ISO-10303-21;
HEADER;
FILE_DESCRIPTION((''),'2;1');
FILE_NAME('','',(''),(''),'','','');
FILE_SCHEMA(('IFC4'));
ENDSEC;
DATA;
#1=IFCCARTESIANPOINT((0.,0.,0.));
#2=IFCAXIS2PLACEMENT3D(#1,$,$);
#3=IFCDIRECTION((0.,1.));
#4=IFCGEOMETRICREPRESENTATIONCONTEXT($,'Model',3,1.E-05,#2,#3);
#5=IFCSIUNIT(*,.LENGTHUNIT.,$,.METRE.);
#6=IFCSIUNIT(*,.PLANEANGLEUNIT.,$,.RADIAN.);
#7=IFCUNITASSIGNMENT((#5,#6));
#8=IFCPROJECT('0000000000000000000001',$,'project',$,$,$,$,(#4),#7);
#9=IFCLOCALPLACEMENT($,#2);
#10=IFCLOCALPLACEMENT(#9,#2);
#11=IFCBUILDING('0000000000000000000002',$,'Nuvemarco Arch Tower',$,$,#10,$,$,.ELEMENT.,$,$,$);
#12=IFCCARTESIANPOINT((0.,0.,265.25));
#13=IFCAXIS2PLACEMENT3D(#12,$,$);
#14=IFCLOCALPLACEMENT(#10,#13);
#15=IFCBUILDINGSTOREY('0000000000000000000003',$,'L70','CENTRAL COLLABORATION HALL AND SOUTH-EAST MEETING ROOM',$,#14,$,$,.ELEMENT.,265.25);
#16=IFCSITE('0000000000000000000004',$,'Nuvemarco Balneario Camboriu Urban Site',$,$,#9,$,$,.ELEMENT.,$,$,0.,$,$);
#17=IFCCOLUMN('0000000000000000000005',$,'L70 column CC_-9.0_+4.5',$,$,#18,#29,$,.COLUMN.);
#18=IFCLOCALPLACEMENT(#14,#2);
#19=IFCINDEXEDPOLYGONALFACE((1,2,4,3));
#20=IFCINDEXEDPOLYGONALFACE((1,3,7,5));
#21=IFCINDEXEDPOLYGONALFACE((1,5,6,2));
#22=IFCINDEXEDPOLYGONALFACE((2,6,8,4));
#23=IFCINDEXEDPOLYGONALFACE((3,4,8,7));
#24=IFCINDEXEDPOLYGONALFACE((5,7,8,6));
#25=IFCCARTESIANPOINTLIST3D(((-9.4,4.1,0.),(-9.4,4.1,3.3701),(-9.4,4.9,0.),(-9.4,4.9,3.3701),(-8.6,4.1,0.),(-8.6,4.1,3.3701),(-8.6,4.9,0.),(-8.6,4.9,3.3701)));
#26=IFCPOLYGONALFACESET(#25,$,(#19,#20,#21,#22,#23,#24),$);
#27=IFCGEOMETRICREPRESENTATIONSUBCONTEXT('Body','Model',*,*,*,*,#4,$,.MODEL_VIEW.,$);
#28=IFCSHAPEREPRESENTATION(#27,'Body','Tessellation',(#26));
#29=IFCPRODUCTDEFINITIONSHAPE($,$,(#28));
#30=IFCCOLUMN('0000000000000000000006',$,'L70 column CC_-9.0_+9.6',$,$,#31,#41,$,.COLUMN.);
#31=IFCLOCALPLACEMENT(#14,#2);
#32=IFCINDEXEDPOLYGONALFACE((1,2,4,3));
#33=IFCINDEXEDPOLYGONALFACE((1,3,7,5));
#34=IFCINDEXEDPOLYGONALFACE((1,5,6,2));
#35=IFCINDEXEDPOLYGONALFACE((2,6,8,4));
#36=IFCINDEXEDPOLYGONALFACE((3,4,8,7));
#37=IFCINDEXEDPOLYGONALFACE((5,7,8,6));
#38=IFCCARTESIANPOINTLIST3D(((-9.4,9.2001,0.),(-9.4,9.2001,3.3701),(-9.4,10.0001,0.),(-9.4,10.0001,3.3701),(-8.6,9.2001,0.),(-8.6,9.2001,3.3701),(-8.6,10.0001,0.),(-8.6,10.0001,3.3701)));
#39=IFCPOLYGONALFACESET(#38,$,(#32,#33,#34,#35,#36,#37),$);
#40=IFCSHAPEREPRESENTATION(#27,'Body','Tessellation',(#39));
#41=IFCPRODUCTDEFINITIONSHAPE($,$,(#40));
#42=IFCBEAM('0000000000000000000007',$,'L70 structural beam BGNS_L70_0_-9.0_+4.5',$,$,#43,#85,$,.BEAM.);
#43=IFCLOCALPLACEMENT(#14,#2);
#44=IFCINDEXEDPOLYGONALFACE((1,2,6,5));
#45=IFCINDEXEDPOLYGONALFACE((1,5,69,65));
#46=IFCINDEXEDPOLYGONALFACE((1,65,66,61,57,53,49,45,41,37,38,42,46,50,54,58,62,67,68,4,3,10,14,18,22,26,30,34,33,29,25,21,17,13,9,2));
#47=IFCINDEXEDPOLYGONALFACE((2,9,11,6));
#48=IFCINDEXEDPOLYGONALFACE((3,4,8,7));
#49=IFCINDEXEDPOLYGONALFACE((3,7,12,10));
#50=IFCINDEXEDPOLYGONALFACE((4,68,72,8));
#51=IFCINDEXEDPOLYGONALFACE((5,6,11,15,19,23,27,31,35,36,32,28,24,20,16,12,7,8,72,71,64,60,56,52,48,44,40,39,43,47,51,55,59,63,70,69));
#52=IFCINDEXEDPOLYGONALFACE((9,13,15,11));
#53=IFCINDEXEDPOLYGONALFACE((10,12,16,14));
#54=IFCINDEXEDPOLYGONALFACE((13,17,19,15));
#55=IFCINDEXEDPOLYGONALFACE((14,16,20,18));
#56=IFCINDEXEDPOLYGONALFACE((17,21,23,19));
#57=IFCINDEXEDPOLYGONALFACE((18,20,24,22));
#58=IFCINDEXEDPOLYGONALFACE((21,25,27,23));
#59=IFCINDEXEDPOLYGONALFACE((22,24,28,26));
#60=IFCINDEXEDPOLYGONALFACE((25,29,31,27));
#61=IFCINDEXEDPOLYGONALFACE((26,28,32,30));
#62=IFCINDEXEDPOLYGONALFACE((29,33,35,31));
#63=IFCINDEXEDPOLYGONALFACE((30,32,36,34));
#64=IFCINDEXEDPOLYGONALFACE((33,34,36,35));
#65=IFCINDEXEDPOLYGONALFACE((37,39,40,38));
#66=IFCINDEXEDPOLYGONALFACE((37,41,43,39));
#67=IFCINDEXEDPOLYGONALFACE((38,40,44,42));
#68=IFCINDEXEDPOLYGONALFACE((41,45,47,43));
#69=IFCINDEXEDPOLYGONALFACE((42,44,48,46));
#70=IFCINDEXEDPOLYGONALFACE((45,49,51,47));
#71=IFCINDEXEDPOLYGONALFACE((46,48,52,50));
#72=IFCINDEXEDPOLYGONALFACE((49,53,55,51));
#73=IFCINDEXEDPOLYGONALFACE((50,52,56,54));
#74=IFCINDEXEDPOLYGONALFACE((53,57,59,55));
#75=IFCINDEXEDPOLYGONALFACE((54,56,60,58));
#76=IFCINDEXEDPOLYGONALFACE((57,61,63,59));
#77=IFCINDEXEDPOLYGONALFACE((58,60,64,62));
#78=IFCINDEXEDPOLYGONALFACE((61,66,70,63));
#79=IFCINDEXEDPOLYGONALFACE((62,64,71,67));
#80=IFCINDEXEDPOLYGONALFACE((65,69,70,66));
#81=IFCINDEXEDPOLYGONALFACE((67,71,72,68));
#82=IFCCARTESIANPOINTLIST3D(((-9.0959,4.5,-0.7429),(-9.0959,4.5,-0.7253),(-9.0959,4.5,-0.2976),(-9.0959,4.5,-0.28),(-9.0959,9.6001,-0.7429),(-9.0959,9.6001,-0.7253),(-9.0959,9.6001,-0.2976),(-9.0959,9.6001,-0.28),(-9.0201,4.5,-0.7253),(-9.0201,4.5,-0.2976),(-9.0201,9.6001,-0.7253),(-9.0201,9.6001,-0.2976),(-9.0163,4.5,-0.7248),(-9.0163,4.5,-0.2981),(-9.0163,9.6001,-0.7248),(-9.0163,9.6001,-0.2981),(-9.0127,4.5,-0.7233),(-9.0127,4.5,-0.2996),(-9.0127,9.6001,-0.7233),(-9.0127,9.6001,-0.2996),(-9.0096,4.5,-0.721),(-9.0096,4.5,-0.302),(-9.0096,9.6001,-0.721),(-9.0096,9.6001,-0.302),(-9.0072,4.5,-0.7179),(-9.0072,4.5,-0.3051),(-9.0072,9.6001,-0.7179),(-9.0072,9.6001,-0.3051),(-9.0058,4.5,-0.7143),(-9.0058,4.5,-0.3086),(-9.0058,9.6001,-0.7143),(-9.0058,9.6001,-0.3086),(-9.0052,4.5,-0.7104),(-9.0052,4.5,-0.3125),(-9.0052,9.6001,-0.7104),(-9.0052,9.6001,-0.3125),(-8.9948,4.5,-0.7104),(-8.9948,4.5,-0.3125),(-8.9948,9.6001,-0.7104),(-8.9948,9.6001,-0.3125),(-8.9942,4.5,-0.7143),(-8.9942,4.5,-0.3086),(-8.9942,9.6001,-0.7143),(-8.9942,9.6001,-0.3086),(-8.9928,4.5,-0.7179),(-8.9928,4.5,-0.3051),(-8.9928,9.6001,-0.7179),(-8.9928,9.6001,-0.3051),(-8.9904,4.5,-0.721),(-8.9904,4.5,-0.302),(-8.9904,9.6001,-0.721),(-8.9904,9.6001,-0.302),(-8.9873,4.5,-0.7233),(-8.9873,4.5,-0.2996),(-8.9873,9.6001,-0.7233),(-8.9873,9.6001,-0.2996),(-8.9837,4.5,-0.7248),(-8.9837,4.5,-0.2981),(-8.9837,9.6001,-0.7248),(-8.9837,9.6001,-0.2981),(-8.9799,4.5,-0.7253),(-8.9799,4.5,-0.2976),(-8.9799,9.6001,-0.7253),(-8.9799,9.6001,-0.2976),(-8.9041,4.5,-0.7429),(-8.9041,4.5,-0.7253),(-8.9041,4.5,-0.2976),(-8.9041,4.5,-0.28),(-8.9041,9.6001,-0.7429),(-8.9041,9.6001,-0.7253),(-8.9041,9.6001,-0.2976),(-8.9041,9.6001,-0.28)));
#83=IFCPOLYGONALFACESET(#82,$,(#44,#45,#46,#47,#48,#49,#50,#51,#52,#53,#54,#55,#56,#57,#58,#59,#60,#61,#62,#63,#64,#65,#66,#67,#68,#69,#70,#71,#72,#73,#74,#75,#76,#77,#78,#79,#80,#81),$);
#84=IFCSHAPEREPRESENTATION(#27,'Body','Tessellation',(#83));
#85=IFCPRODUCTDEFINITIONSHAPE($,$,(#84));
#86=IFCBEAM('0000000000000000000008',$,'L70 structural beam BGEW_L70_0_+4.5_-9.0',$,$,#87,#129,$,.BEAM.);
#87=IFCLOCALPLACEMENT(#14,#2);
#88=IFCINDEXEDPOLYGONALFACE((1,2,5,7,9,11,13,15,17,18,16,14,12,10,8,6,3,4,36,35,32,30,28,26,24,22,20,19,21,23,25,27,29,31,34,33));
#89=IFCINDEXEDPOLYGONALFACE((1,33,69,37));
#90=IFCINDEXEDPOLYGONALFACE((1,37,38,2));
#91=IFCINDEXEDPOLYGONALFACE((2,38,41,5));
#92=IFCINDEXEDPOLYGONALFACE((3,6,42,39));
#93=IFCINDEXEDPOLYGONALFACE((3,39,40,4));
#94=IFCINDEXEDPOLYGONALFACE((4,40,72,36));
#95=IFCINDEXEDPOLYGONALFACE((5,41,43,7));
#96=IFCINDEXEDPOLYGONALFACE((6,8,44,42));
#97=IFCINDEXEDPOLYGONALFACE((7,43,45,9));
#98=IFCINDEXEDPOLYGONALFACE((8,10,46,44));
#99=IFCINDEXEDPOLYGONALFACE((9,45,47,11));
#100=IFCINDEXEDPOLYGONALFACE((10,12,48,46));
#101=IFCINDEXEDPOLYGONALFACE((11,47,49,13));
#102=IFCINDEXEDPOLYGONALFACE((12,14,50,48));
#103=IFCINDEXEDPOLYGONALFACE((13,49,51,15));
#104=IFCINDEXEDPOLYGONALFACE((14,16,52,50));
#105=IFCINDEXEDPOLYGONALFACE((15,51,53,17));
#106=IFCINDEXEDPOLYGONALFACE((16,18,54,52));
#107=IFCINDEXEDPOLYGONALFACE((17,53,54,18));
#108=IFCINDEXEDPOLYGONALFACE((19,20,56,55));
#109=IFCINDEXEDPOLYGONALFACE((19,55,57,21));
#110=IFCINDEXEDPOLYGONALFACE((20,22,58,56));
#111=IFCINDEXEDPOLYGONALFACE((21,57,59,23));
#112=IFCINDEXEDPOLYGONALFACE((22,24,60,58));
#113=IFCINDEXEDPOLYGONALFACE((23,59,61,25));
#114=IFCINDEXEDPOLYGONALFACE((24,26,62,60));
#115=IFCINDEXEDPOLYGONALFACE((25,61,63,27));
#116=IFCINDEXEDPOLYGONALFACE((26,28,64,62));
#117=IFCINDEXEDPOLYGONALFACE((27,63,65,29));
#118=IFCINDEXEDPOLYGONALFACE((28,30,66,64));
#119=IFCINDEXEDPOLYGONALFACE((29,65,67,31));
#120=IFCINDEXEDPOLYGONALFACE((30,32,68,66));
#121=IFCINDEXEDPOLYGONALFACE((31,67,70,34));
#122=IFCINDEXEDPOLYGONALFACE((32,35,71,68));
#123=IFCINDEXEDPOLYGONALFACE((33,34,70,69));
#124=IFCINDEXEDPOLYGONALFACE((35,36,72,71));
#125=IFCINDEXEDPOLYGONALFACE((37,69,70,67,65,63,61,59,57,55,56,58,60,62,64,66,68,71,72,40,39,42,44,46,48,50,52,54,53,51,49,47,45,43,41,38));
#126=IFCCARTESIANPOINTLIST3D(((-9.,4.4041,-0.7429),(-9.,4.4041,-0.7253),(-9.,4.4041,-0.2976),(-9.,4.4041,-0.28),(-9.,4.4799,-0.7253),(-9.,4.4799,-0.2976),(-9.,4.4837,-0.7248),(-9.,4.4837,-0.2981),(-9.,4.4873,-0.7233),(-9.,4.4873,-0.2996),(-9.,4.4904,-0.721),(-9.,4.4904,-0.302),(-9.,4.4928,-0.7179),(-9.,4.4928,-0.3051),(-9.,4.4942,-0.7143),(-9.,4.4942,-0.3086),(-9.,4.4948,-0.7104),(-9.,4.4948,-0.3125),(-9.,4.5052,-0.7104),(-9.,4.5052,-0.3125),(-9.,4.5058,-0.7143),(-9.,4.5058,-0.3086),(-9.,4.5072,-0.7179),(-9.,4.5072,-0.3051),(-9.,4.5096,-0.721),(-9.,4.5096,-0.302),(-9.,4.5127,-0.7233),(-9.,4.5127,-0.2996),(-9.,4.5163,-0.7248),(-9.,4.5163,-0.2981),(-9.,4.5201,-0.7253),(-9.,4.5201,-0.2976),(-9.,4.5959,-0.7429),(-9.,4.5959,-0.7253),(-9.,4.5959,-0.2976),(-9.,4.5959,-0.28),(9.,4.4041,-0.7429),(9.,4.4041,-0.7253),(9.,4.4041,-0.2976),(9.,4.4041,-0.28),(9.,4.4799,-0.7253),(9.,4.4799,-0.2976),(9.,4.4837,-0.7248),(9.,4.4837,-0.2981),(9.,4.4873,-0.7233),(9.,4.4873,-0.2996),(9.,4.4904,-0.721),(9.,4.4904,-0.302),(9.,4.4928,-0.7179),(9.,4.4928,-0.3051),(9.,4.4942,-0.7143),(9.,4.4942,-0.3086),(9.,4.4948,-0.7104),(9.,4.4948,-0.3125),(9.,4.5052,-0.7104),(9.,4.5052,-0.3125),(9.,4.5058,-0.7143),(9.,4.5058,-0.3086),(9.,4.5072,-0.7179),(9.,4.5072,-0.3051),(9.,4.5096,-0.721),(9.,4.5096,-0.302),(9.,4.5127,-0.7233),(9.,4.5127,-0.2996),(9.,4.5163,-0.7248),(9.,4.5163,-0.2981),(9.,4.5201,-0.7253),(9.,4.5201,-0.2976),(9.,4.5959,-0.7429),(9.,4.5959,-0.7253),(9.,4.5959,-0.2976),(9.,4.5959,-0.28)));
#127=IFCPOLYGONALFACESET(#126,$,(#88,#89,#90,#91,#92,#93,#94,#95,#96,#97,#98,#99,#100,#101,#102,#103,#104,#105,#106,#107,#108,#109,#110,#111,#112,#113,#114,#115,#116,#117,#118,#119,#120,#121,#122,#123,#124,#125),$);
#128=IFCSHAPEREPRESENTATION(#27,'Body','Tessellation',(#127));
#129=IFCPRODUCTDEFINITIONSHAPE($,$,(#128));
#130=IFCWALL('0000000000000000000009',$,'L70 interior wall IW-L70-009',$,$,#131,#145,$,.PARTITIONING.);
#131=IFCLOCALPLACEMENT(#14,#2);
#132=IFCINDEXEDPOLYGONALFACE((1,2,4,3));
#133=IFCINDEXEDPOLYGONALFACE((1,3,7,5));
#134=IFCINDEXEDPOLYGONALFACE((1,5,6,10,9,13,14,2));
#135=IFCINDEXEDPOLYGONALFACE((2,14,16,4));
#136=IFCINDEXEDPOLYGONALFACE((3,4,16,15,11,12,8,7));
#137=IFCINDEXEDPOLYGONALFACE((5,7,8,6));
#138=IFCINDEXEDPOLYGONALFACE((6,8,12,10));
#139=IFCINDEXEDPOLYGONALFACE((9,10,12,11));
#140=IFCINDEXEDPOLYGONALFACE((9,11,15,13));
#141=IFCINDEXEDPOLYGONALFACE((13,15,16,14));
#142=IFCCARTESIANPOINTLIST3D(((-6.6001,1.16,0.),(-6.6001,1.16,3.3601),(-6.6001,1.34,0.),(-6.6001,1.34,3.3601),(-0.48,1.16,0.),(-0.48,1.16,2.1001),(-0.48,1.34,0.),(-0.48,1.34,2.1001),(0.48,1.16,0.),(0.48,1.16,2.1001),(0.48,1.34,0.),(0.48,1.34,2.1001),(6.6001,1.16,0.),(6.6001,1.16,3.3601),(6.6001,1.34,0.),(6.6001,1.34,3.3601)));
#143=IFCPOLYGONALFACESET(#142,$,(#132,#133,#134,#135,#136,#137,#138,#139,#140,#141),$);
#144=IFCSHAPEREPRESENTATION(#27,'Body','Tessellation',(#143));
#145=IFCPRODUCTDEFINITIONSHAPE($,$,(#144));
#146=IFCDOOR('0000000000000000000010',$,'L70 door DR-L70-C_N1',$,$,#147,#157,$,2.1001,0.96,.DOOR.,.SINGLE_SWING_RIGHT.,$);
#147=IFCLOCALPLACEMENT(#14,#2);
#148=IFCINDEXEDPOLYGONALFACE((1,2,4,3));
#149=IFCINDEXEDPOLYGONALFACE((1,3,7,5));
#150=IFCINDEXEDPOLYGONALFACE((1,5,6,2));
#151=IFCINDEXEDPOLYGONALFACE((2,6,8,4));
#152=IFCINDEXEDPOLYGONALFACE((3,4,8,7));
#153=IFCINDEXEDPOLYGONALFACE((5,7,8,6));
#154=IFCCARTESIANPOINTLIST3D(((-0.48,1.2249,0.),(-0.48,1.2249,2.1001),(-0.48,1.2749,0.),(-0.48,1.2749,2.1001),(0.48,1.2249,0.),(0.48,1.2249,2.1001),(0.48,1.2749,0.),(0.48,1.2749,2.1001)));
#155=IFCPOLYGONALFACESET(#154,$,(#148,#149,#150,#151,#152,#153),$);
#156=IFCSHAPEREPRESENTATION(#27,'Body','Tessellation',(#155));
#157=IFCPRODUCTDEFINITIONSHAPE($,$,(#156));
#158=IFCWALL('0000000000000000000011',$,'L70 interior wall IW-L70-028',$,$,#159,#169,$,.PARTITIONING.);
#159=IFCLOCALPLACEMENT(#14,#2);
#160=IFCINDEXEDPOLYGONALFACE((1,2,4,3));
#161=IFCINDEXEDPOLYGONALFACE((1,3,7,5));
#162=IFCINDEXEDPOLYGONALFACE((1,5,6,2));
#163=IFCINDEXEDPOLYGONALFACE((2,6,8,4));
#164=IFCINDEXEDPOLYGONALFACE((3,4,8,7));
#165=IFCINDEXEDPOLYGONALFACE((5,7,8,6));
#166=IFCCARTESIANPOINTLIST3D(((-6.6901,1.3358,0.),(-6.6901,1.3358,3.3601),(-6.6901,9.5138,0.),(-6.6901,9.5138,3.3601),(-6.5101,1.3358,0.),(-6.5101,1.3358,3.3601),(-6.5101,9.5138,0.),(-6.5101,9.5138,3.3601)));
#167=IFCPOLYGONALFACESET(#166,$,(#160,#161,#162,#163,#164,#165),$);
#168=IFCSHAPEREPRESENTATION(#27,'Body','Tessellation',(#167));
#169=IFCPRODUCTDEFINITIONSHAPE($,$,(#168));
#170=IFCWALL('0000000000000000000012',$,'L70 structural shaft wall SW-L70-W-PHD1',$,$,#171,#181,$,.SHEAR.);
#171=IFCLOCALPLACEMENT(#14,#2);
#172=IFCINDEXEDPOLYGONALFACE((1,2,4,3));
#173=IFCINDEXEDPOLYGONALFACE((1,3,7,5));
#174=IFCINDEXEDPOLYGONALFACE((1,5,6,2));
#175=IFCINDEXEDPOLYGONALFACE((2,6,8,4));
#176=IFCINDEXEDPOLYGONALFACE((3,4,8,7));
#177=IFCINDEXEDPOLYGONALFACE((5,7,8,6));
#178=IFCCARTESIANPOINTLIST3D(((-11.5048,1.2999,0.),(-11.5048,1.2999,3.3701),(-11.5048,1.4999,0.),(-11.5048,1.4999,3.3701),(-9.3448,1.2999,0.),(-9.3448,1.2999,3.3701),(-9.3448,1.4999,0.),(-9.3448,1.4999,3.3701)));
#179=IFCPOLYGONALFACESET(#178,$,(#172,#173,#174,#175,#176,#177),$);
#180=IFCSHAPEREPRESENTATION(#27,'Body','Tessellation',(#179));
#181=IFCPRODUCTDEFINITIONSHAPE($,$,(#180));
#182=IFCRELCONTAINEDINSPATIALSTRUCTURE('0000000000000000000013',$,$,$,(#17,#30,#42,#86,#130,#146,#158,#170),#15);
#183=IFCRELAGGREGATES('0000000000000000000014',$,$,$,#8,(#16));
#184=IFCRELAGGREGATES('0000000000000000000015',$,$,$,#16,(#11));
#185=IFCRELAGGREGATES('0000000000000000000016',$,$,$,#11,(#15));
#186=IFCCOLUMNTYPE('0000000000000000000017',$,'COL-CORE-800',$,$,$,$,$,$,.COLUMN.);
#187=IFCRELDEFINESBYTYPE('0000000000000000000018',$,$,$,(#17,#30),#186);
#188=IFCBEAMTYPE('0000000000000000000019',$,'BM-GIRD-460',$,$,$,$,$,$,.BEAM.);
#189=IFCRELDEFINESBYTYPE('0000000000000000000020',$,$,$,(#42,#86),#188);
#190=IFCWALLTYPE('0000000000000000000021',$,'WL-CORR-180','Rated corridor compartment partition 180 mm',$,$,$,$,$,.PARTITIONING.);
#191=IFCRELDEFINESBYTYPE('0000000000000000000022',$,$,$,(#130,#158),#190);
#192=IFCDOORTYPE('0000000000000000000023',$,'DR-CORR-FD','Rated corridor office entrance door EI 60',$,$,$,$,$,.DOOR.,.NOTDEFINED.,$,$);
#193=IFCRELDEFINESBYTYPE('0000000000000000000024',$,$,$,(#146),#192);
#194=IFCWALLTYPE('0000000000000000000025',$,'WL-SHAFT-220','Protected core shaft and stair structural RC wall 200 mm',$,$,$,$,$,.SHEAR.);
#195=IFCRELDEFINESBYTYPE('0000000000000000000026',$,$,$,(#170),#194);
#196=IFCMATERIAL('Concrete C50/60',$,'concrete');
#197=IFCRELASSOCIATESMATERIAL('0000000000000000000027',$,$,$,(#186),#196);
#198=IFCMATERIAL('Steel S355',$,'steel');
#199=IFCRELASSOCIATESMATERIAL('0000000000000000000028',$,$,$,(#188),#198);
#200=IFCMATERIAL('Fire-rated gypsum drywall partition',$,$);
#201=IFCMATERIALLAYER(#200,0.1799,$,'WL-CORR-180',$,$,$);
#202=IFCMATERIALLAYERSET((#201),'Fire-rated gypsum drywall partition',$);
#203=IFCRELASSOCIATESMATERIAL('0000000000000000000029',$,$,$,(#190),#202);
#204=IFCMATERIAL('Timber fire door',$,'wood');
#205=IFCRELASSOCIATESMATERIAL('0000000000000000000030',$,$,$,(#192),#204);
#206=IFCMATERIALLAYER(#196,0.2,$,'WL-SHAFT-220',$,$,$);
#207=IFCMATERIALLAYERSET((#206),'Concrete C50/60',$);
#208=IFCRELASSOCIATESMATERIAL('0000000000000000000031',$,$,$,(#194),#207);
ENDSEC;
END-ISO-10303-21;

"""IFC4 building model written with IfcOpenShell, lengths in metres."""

from ifc_helpers import new_model, si_unit, direction, frame, frame_2d, origin, origin_2d, place, context, subcontext, project, spatial, rectangle, i_section, extrude, source, transform, mapped, material, layer, layer_set, material_profile, profile_set, type_object, type_shapes, element, fill, save


model = new_model("IFC4")

# Units and contexts
model_context = context("Model", 3, precision=1e-05, world=origin(), true_north=direction((0.0, 1.0)))
body_context = subcontext(model_context, "Body", "Model", "MODEL_VIEW")
ifc_project = project(units=[si_unit("LENGTHUNIT", "METRE"), si_unit("PLANEANGLEUNIT", "RADIAN")], contexts=[model_context])

# Site, building, storey
site_placement = place(None, origin())
site = spatial("IfcSite", under=ifc_project, at=site_placement, Name="Nuvemarco Balneario Camboriu Urban Site", CompositionType="ELEMENT", RefElevation=0.0)
building_placement = place(site_placement, origin())
building = spatial("IfcBuilding", under=site, at=building_placement, Name="Nuvemarco Arch Tower", CompositionType="ELEMENT")
storey_placement = place(building_placement, frame((0.0, 0.0, 265.25)))
storey = spatial("IfcBuildingStorey", under=building, at=storey_placement, Name="L70", Description="CENTRAL COLLABORATION HALL AND SOUTH-EAST MEETING ROOM", CompositionType="ELEMENT", Elevation=265.25)

# Columns
ifc_material_1 = material(Name="Concrete C50/60", Category="concrete")
ifc_material_profile_1 = material_profile(ifc_material_1, rectangle(XDim=0.8, YDim=0.8, at=origin_2d()), Name="RC-COL-800x800")
ifc_profile_set_1 = profile_set([ifc_material_profile_1], Name="Concrete C50/60")
column_type = type_object("IfcColumnType", Name="COL-CORE-800", PredefinedType="COLUMN", material=ifc_profile_set_1)
for number, where, z_axis, x_axis, name in (
    (1, (-9.0, 4.5, 0.0), (0.0, 0.0, 1.0), (1.0, 0.0, 0.0), "L70 column CC_-9.0_+4.5"),
    (2, (-9.0, 9.6001, 0.0), (0.0, 0.0, 1.0), (1.0, 0.0, 0.0), "L70 column CC_-9.0_+9.6"),
):
    element("IfcColumn", number, at=place(storey_placement, frame(where, z_axis=z_axis, x_axis=x_axis)), inside=storey, type_object=column_type, Name=name, PredefinedType="COLUMN", context=body_context, shape_type="SweptSolid", body=[
        extrude(rectangle(XDim=0.8, YDim=0.8, at=origin_2d()), origin(), (0.0, 0.0, 1.0), 3.3701),
    ])

# Beams
ifc_material_2 = material(Name="Steel S355", Category="steel")
ifc_material_profile_2 = material_profile(ifc_material_2, i_section(OverallWidth=0.1919, OverallDepth=0.4629, WebThickness=0.0105, FlangeThickness=0.0176, FilletRadius=0.0149, at=origin_2d()), Name="W460x89")
ifc_profile_set_2 = profile_set([ifc_material_profile_2], Name="Steel S355")
beam_type = type_object("IfcBeamType", Name="BM-GIRD-460", PredefinedType="BEAM", material=ifc_profile_set_2)
beam_1_placement = place(storey_placement, frame((-9.0, 4.5, -0.5115), z_axis=(0.0, 1.0, 0.0), x_axis=(-1.0, 0.0, 0.0)))
element("IfcBeam", 3, at=beam_1_placement, inside=storey, type_object=beam_type, Name="L70 structural beam BGNS_L70_0_-9.0_+4.5", PredefinedType="BEAM", context=body_context, shape_type="SweptSolid", body=[
    extrude(i_section(OverallWidth=0.1919, OverallDepth=0.4629, WebThickness=0.0105, FlangeThickness=0.0176, FilletRadius=0.0149, at=origin_2d()), origin(), (0.0, 0.0, 1.0), 5.1001),
])
beam_2_placement = place(storey_placement, frame((-9.0, 4.5, -0.5115), z_axis=(1.0, 0.0, 0.0), x_axis=(0.0, 1.0, 0.0)))
element("IfcBeam", 4, at=beam_2_placement, inside=storey, type_object=beam_type, Name="L70 structural beam BGEW_L70_0_+4.5_-9.0", PredefinedType="BEAM", context=body_context, shape_type="SweptSolid", body=[
    extrude(i_section(OverallWidth=0.1919, OverallDepth=0.4629, WebThickness=0.0105, FlangeThickness=0.0176, FilletRadius=0.0149, at=origin_2d()), origin(), (0.0, 0.0, 1.0), 18.0),
])

# Wall, opening, door
ifc_material_3 = material(Name="Fire-rated gypsum drywall partition")
ifc_layer_1 = layer(ifc_material_3, 0.1799, Name="WL-CORR-180")
ifc_layer_set_1 = layer_set([ifc_layer_1], Name="Fire-rated gypsum drywall partition")
wall_type_1 = type_object("IfcWallType", Name="WL-CORR-180", Description="Rated corridor compartment partition 180 mm", PredefinedType="PARTITIONING", material=ifc_layer_set_1)
wall_1_placement = place(storey_placement, frame((-6.6001, 1.25, 0.0), z_axis=(0.0, 0.0, 1.0), x_axis=(1.0, 0.0, 0.0)))
wall_1 = element("IfcWall", 5, at=wall_1_placement, inside=storey, type_object=wall_type_1, Name="L70 interior wall IW-L70-009", PredefinedType="PARTITIONING", context=body_context, shape_type="SweptSolid", body=[
    extrude(rectangle(XDim=13.2002, YDim=0.1799, at=frame_2d((6.6001, 0.0))), origin(), (0.0, 0.0, 1.0), 3.3601),
])
opening_1_placement = place(wall_1_placement, frame((6.1201, 0.0, 0.0)))
opening_1 = element("IfcOpeningElement", 6, at=opening_1_placement, cuts=wall_1, PredefinedType="OPENING", context=body_context, shape_type="SweptSolid", body=[
    extrude(rectangle(XDim=0.96, YDim=2.1001, at=frame_2d((0.48, 1.05))), frame((0.0, 0.0999, 0.0), z_axis=(0.0, -1.0, 0.0), x_axis=(1.0, 0.0, 0.0)), (0.0, 0.0, 1.0), 0.2),
])
ifc_material_4 = material(Name="Timber fire door", Category="wood")
door_type_1 = type_object("IfcDoorType", Name="DR-CORR-FD", Description="Rated corridor office entrance door EI 60", OperationType="NOTDEFINED", PredefinedType="DOOR", material=ifc_material_4)
shared_shape_1 = source(origin(), body_context, "Body", "SweptSolid", [
    extrude(rectangle(XDim=0.96, YDim=2.1001, at=frame_2d((0.48, 1.05))), frame((0.0, 0.0249, 0.0), z_axis=(0.0, -1.0, 0.0), x_axis=(1.0, 0.0, 0.0)), (0.0, 0.0, 1.0), 0.05),
])
type_shapes(door_type_1, [shared_shape_1])
door_1_placement = place(opening_1_placement, origin())
door_1 = element("IfcDoor", 7, at=door_1_placement, inside=storey, type_object=door_type_1, Name="L70 door DR-L70-C_N1", OperationType="SINGLE_SWING_RIGHT", OverallHeight=2.1001, OverallWidth=0.96, PredefinedType="DOOR", context=body_context, shape_type="MappedRepresentation", body=[
    mapped(shared_shape_1, transform((0.0, 0.0, 0.0), scale=1.0)),
])
fill(opening_1, door_1)

# Wall
wall_2_placement = place(storey_placement, frame((-6.6001, 1.3359, 0.0), z_axis=(0.0, 0.0, 1.0), x_axis=(0.0, 1.0, 0.0)))
element("IfcWall", 8, at=wall_2_placement, inside=storey, type_object=wall_type_1, Name="L70 interior wall IW-L70-028", PredefinedType="PARTITIONING", context=body_context, shape_type="SweptSolid", body=[
    extrude(rectangle(XDim=8.178, YDim=0.1799, at=frame_2d((4.0889, 0.0))), origin(), (0.0, 0.0, 1.0), 3.3601),
])

# Shared definitions
ifc_layer_2 = layer(ifc_material_1, 0.2, Name="WL-SHAFT-220")
ifc_layer_set_2 = layer_set([ifc_layer_2], Name="Concrete C50/60")
wall_type_2 = type_object("IfcWallType", Name="WL-SHAFT-220", Description="Protected core shaft and stair structural RC wall 200 mm", PredefinedType="SHEAR", material=ifc_layer_set_2)

# Wall
for number, where, z_axis, x_axis, name in (
    (9, (-11.5049, 1.3999, 0.0), (0.0, 0.0, 1.0), (1.0, 0.0, 0.0), "L70 structural shaft wall SW-L70-W-PHD1"),
):
    element("IfcWall", number, at=place(storey_placement, frame(where, z_axis=z_axis, x_axis=x_axis)), inside=storey, type_object=wall_type_2, Name=name, PredefinedType="SHEAR", context=body_context, shape_type="SweptSolid", body=[
        extrude(rectangle(XDim=2.1599, YDim=0.2, at=frame_2d((1.0801, 0.0))), origin(), (0.0, 0.0, 1.0), 3.3701),
    ])

save(model, "model.ifc")
